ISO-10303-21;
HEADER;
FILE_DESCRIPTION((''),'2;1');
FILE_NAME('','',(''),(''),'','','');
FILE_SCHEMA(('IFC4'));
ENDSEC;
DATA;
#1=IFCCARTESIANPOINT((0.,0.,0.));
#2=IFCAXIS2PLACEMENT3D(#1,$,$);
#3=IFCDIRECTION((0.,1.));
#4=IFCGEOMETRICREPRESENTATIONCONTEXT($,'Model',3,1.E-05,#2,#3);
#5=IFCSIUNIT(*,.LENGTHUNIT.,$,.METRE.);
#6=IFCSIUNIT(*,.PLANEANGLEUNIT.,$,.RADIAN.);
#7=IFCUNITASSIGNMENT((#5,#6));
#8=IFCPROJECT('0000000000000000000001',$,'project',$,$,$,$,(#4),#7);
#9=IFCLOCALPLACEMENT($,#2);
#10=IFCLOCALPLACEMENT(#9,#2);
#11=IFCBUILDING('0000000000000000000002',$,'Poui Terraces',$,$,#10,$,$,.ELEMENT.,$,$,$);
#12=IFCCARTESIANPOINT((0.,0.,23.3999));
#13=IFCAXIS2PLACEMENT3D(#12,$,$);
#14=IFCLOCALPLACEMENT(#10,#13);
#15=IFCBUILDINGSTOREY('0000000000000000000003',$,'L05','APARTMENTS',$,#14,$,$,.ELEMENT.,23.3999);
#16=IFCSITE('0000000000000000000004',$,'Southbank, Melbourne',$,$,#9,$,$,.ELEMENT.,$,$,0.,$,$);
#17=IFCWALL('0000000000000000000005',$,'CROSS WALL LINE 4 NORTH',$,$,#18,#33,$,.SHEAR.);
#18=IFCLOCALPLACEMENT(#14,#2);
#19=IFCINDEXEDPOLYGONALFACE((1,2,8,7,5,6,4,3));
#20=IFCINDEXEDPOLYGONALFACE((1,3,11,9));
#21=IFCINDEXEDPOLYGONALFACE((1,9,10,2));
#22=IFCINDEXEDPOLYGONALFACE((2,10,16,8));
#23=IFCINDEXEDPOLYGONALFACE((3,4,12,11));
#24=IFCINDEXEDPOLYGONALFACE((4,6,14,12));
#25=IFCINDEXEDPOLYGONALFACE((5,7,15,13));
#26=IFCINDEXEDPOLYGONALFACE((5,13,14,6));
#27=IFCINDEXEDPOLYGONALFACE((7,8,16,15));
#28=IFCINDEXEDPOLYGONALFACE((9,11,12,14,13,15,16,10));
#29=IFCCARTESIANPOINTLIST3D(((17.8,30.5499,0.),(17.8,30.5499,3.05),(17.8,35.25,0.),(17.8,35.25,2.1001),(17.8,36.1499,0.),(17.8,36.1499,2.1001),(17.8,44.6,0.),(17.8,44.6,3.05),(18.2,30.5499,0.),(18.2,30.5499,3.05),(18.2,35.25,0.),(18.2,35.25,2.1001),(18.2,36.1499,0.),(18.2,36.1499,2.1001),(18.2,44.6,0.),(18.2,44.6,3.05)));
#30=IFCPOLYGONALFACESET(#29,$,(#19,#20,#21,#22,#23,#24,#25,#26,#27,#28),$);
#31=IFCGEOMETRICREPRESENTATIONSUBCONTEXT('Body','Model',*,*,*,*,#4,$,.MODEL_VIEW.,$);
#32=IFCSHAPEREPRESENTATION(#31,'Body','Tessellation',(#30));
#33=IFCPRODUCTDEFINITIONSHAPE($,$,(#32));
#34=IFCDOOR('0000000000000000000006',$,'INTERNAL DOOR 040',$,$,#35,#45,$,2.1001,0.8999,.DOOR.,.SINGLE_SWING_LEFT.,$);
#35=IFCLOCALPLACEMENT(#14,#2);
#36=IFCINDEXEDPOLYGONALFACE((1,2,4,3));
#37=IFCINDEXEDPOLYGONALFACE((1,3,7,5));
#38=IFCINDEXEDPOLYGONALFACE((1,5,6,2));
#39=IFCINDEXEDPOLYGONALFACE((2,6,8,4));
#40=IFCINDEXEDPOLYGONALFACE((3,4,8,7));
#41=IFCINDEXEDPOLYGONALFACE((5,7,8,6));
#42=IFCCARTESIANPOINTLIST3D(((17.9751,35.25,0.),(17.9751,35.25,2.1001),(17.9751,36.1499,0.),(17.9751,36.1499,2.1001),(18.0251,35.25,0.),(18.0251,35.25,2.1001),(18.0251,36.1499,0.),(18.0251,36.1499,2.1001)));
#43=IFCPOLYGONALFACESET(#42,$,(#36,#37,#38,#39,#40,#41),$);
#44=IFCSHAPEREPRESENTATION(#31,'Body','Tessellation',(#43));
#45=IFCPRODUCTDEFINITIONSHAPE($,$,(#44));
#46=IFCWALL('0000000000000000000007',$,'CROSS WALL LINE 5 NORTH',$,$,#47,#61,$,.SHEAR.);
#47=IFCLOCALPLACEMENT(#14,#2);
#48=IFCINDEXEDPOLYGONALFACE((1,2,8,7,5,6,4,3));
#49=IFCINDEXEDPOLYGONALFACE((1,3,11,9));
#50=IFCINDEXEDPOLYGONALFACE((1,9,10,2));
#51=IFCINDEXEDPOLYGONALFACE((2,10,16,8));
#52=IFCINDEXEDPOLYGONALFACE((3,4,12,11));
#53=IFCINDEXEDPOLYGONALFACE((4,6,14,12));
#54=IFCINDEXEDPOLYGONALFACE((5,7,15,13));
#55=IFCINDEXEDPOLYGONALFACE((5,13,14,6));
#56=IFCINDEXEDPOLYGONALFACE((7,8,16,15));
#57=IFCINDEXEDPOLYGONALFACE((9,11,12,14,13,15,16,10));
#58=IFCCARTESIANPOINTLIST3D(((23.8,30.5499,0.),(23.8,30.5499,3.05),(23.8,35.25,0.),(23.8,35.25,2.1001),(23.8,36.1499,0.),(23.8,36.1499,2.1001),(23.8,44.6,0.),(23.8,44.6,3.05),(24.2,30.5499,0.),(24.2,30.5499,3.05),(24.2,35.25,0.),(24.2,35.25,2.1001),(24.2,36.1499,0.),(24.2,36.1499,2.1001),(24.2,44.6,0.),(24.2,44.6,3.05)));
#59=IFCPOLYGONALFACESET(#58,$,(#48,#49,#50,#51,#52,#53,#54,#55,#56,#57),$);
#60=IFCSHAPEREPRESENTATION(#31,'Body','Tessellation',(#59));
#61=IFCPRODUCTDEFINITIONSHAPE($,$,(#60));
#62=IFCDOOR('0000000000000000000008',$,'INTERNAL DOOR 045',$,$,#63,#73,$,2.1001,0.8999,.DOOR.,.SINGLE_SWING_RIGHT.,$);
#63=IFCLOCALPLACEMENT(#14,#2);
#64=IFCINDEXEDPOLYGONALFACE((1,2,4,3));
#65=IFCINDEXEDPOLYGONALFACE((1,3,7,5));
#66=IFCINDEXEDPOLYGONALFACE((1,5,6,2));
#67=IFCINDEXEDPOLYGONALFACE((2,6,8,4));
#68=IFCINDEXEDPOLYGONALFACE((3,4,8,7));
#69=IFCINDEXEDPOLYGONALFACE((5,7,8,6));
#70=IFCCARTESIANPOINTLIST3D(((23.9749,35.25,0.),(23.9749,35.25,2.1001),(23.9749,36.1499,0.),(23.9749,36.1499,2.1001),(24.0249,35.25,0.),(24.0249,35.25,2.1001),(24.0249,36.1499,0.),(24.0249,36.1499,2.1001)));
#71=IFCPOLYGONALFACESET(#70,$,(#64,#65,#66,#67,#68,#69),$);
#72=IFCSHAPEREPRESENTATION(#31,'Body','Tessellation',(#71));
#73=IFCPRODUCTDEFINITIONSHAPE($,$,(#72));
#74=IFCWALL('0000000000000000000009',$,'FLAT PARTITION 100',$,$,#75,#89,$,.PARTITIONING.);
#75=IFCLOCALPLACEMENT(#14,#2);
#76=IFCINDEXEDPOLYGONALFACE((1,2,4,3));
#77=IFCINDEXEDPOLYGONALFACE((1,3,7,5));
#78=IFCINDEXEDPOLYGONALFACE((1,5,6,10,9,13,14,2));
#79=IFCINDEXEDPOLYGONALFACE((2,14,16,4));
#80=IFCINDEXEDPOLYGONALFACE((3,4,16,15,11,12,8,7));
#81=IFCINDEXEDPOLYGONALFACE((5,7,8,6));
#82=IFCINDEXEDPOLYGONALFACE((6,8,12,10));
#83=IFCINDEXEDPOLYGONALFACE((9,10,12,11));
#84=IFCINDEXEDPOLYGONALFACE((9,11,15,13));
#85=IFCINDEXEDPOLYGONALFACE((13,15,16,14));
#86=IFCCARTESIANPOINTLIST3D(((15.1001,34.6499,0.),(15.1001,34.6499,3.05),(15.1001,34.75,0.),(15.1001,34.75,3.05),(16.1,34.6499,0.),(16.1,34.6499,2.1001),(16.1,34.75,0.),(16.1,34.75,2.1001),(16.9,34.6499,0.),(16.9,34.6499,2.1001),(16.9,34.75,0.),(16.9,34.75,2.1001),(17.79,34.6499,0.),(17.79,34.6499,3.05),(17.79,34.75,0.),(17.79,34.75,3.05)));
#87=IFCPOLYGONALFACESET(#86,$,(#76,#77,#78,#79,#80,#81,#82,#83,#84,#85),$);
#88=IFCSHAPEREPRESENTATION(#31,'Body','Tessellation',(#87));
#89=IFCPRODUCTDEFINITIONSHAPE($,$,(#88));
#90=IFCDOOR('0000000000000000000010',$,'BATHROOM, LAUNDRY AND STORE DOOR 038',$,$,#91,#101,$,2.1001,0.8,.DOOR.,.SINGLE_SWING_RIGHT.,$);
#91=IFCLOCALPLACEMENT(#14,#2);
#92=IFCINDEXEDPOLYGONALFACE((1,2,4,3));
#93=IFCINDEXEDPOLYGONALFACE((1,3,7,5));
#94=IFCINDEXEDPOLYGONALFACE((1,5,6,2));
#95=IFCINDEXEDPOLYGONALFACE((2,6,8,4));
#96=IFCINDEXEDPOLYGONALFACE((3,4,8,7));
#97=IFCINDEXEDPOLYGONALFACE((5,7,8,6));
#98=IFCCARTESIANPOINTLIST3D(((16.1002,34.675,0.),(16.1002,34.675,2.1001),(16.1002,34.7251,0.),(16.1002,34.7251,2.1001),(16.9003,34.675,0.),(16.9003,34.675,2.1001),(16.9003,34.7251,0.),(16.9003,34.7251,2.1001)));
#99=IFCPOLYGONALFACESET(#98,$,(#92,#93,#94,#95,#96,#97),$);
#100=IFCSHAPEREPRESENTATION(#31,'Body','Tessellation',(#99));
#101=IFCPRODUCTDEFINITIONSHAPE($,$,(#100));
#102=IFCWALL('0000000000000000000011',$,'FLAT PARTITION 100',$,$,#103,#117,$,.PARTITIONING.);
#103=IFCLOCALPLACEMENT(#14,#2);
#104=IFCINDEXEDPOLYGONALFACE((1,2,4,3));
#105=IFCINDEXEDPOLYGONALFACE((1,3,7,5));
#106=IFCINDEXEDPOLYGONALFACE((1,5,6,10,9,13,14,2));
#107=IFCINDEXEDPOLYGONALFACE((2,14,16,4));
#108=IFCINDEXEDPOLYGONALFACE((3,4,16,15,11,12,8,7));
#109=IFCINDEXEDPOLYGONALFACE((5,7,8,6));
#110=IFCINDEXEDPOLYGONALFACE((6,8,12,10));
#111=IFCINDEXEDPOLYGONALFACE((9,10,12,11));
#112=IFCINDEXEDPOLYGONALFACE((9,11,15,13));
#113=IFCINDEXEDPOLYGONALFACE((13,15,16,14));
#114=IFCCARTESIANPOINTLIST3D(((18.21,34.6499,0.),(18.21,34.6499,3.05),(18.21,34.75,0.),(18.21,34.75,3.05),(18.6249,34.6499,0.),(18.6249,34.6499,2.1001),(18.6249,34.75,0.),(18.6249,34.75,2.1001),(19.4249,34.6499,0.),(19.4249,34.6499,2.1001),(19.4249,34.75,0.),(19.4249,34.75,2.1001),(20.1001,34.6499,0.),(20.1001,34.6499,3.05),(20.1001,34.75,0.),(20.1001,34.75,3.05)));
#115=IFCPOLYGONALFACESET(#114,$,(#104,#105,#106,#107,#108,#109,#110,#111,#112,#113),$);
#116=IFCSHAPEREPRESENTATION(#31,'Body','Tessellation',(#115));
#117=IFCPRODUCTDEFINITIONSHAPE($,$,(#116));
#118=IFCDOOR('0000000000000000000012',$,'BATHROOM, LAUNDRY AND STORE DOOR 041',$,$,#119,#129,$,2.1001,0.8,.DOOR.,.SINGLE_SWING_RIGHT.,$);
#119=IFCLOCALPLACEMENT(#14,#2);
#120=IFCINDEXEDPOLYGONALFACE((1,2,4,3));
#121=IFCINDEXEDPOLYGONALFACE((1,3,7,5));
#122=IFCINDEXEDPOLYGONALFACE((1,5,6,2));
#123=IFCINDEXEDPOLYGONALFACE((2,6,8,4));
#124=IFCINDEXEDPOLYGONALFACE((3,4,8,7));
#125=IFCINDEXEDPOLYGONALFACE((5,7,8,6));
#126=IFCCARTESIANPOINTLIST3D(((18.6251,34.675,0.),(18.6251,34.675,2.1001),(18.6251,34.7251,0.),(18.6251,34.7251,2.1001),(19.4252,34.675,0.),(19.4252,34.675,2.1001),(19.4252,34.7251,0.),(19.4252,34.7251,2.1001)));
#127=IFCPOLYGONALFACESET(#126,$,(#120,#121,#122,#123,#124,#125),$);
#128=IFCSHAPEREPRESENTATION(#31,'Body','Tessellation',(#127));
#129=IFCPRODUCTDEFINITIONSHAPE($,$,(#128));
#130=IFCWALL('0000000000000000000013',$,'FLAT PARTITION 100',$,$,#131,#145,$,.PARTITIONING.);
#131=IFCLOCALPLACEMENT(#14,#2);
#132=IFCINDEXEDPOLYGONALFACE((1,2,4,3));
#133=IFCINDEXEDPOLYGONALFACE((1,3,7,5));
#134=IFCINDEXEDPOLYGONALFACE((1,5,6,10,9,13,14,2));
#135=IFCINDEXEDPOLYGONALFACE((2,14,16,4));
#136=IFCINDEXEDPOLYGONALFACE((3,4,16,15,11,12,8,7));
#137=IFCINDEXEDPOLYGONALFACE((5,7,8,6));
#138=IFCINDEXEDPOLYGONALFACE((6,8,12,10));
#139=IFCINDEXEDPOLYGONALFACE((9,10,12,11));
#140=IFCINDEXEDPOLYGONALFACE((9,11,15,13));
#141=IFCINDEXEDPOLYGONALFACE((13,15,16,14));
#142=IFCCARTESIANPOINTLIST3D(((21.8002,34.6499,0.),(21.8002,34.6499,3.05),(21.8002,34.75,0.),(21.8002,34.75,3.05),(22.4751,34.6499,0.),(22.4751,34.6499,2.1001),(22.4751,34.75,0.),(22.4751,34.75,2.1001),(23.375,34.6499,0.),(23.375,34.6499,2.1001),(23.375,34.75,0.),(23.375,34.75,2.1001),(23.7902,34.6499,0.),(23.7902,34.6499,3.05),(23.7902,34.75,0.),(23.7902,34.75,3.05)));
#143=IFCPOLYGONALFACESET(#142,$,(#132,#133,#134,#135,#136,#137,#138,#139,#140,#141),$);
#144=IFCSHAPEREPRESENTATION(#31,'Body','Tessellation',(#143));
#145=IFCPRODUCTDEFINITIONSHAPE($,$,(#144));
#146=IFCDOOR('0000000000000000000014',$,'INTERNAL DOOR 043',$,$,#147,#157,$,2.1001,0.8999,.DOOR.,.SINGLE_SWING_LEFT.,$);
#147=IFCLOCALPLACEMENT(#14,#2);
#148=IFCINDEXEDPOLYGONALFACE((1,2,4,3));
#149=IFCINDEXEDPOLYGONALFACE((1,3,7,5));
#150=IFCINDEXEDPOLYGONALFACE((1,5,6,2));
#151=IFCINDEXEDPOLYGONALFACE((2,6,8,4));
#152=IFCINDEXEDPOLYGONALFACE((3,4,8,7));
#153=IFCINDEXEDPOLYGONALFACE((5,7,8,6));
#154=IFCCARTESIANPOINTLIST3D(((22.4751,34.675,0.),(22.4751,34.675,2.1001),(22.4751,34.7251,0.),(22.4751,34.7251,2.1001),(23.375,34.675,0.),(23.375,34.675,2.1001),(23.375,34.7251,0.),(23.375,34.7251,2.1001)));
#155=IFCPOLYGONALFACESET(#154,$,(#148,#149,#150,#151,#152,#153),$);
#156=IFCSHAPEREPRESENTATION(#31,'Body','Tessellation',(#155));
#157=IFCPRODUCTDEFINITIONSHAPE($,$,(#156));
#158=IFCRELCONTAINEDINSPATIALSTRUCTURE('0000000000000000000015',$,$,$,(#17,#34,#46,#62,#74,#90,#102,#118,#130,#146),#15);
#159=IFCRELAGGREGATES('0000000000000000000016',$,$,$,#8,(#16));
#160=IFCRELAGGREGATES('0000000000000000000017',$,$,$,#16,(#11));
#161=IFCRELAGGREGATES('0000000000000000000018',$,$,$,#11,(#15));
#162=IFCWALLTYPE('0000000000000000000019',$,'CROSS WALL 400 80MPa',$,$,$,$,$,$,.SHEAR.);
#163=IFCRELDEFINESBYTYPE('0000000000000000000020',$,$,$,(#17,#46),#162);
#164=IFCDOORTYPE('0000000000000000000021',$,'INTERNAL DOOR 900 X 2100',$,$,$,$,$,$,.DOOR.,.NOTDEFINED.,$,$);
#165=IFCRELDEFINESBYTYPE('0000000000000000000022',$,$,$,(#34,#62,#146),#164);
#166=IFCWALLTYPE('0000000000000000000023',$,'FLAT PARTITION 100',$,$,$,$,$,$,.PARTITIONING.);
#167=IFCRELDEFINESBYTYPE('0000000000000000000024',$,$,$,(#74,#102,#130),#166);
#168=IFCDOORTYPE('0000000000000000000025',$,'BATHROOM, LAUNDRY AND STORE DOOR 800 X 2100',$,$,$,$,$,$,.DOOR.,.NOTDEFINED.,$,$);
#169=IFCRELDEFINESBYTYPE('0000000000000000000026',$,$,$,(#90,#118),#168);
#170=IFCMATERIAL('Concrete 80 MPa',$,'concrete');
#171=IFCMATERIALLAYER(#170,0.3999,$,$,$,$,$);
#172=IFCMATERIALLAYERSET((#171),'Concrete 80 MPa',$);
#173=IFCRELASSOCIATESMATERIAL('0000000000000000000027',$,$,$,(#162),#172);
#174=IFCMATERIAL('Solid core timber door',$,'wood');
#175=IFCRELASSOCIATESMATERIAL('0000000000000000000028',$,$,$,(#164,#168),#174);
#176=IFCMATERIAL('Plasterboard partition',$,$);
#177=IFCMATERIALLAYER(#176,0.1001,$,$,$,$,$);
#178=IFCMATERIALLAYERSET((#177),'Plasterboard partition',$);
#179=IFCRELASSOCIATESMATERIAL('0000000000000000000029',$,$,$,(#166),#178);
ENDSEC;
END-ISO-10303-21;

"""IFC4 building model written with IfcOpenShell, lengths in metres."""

from ifc_helpers import new_model, si_unit, direction, frame, frame_2d, origin, place, context, subcontext, project, spatial, rectangle, extrude, material, layer, layer_set, type_object, element, fill, save


model = new_model("IFC4")

# Units and contexts
model_context = context("Model", 3, precision=1e-05, world=origin(), true_north=direction((0.0, 1.0)))
body_context = subcontext(model_context, "Body", "Model", "MODEL_VIEW")
ifc_project = project(units=[si_unit("LENGTHUNIT", "METRE"), si_unit("PLANEANGLEUNIT", "RADIAN")], contexts=[model_context])

# Site, building, storey
site_placement = place(None, origin())
site = spatial("IfcSite", under=ifc_project, at=site_placement, Name="Southbank, Melbourne", CompositionType="ELEMENT", RefElevation=0.0)
building_placement = place(site_placement, origin())
building = spatial("IfcBuilding", under=site, at=building_placement, Name="Poui Terraces", CompositionType="ELEMENT")
storey_placement = place(building_placement, frame((0.0, 0.0, 23.3999)))
storey = spatial("IfcBuildingStorey", under=building, at=storey_placement, Name="L05", Description="APARTMENTS", CompositionType="ELEMENT", Elevation=23.3999)

# Walls, openings, doors
ifc_material_1 = material(Name="Concrete 80 MPa", Category="concrete")
ifc_layer_1 = layer(ifc_material_1, 0.3999)
ifc_layer_set_1 = layer_set([ifc_layer_1], Name="Concrete 80 MPa")
wall_type_1 = type_object("IfcWallType", Name="CROSS WALL 400 80MPa", PredefinedType="SHEAR", material=ifc_layer_set_1)
wall_1_placement = place(storey_placement, frame((18.0, 30.55, 0.0), z_axis=(0.0, 0.0, 1.0), x_axis=(0.0, 1.0, 0.0)))
wall_1 = element("IfcWall", 1, at=wall_1_placement, inside=storey, type_object=wall_type_1, Name="CROSS WALL LINE 4 NORTH", PredefinedType="SHEAR", context=body_context, shape_type="SweptSolid", body=[
    extrude(rectangle(XDim=14.05, YDim=0.3999, at=frame_2d((7.0249, 0.0))), origin(), (0.0, 0.0, 1.0), 3.05),
])
opening_1_placement = place(wall_1_placement, frame((4.7, 0.0, 0.0)))
opening_1 = element("IfcOpeningElement", 2, at=opening_1_placement, cuts=wall_1, PredefinedType="OPENING", context=body_context, shape_type="SweptSolid", body=[
    extrude(rectangle(XDim=0.8999, YDim=2.1001, at=frame_2d((0.45, 1.05))), frame((0.0, 0.21, 0.0), z_axis=(0.0, -1.0, 0.0), x_axis=(1.0, 0.0, 0.0)), (0.0, 0.0, 1.0), 0.4199),
])
ifc_material_2 = material(Name="Solid core timber door", Category="wood")
door_type_1 = type_object("IfcDoorType", Name="INTERNAL DOOR 900 X 2100", OperationType="NOTDEFINED", PredefinedType="DOOR", material=ifc_material_2)
door_1_placement = place(opening_1_placement, origin())
door_1 = element("IfcDoor", 3, at=door_1_placement, inside=storey, type_object=door_type_1, Name="INTERNAL DOOR 040", OperationType="SINGLE_SWING_LEFT", OverallHeight=2.1001, OverallWidth=0.8999, PredefinedType="DOOR", context=body_context, shape_type="SweptSolid", body=[
    extrude(rectangle(XDim=0.8999, YDim=2.1001, at=frame_2d((0.45, 1.05))), frame((0.0, 0.0249, 0.0), z_axis=(0.0, -1.0, 0.0), x_axis=(1.0, 0.0, 0.0)), (0.0, 0.0, 1.0), 0.05),
])
fill(opening_1, door_1)
wall_2_placement = place(storey_placement, frame((24.0, 30.55, 0.0), z_axis=(0.0, 0.0, 1.0), x_axis=(0.0, 1.0, 0.0)))
wall_2 = element("IfcWall", 4, at=wall_2_placement, inside=storey, type_object=wall_type_1, Name="CROSS WALL LINE 5 NORTH", PredefinedType="SHEAR", context=body_context, shape_type="SweptSolid", body=[
    extrude(rectangle(XDim=14.05, YDim=0.3999, at=frame_2d((7.0249, 0.0))), origin(), (0.0, 0.0, 1.0), 3.05),
])
opening_2_placement = place(wall_2_placement, frame((4.7, 0.0, 0.0)))
opening_2 = element("IfcOpeningElement", 5, at=opening_2_placement, cuts=wall_2, PredefinedType="OPENING", context=body_context, shape_type="SweptSolid", body=[
    extrude(rectangle(XDim=0.8999, YDim=2.1001, at=frame_2d((0.45, 1.05))), frame((0.0, 0.21, 0.0), z_axis=(0.0, -1.0, 0.0), x_axis=(1.0, 0.0, 0.0)), (0.0, 0.0, 1.0), 0.4199),
])
door_2_placement = place(opening_2_placement, frame((0.8999, 0.0, 0.0), z_axis=(0.0, 0.0, 1.0), x_axis=(-1.0, 0.0, 0.0)))
door_2 = element("IfcDoor", 6, at=door_2_placement, inside=storey, type_object=door_type_1, Name="INTERNAL DOOR 045", OperationType="SINGLE_SWING_RIGHT", OverallHeight=2.1001, OverallWidth=0.8999, PredefinedType="DOOR", context=body_context, shape_type="SweptSolid", body=[
    extrude(rectangle(XDim=0.8999, YDim=2.1001, at=frame_2d((0.45, 1.05))), frame((0.0, 0.0249, 0.0), z_axis=(0.0, -1.0, 0.0), x_axis=(1.0, 0.0, 0.0)), (0.0, 0.0, 1.0), 0.05),
])
fill(opening_2, door_2)
ifc_material_3 = material(Name="Plasterboard partition")
ifc_layer_2 = layer(ifc_material_3, 0.1001)
ifc_layer_set_2 = layer_set([ifc_layer_2], Name="Plasterboard partition")
wall_type_2 = type_object("IfcWallType", Name="FLAT PARTITION 100", PredefinedType="PARTITIONING", material=ifc_layer_set_2)
wall_3_placement = place(storey_placement, frame((15.1001, 34.7, 0.0), z_axis=(0.0, 0.0, 1.0), x_axis=(1.0, 0.0, 0.0)))
wall_3 = element("IfcWall", 7, at=wall_3_placement, inside=storey, type_object=wall_type_2, Name="FLAT PARTITION 100", PredefinedType="PARTITIONING", context=body_context, shape_type="SweptSolid", body=[
    extrude(rectangle(XDim=2.6899, YDim=0.1001, at=frame_2d((1.345, 0.0))), origin(), (0.0, 0.0, 1.0), 3.05),
])
opening_3_placement = place(wall_3_placement, frame((1.0, 0.0, 0.0)))
opening_3 = element("IfcOpeningElement", 8, at=opening_3_placement, cuts=wall_3, PredefinedType="OPENING", context=body_context, shape_type="SweptSolid", body=[
    extrude(rectangle(XDim=0.8, YDim=2.1001, at=frame_2d((0.3999, 1.05))), frame((0.0, 0.0601, 0.0), z_axis=(0.0, -1.0, 0.0), x_axis=(1.0, 0.0, 0.0)), (0.0, 0.0, 1.0), 0.1201),
])
door_type_2 = type_object("IfcDoorType", Name="BATHROOM, LAUNDRY AND STORE DOOR 800 X 2100", OperationType="NOTDEFINED", PredefinedType="DOOR", material=ifc_material_2)
door_3_placement = place(opening_3_placement, frame((0.8, 0.0, 0.0), z_axis=(0.0, 0.0, 1.0), x_axis=(-1.0, 0.0, 0.0)))
door_3 = element("IfcDoor", 9, at=door_3_placement, inside=storey, type_object=door_type_2, Name="BATHROOM, LAUNDRY AND STORE DOOR 038", OperationType="SINGLE_SWING_RIGHT", OverallHeight=2.1001, OverallWidth=0.8, PredefinedType="DOOR", context=body_context, shape_type="SweptSolid", body=[
    extrude(rectangle(XDim=0.8, YDim=2.1001, at=frame_2d((0.3999, 1.05))), frame((0.0, 0.0249, 0.0), z_axis=(0.0, -1.0, 0.0), x_axis=(1.0, 0.0, 0.0)), (0.0, 0.0, 1.0), 0.05),
])
fill(opening_3, door_3)
wall_4_placement = place(storey_placement, frame((18.21, 34.7, 0.0), z_axis=(0.0, 0.0, 1.0), x_axis=(1.0, 0.0, 0.0)))
wall_4 = element("IfcWall", 10, at=wall_4_placement, inside=storey, type_object=wall_type_2, Name="FLAT PARTITION 100", PredefinedType="PARTITIONING", context=body_context, shape_type="SweptSolid", body=[
    extrude(rectangle(XDim=1.8901, YDim=0.1001, at=frame_2d((0.9451, 0.0))), origin(), (0.0, 0.0, 1.0), 3.05),
])
opening_4_placement = place(wall_4_placement, frame((0.415, 0.0, 0.0)))
opening_4 = element("IfcOpeningElement", 11, at=opening_4_placement, cuts=wall_4, PredefinedType="OPENING", context=body_context, shape_type="SweptSolid", body=[
    extrude(rectangle(XDim=0.8, YDim=2.1001, at=frame_2d((0.3999, 1.05))), frame((0.0, 0.0601, 0.0), z_axis=(0.0, -1.0, 0.0), x_axis=(1.0, 0.0, 0.0)), (0.0, 0.0, 1.0), 0.1201),
])
door_4_placement = place(opening_4_placement, frame((0.8, 0.0, 0.0), z_axis=(0.0, 0.0, 1.0), x_axis=(-1.0, 0.0, 0.0)))
door_4 = element("IfcDoor", 12, at=door_4_placement, inside=storey, type_object=door_type_2, Name="BATHROOM, LAUNDRY AND STORE DOOR 041", OperationType="SINGLE_SWING_RIGHT", OverallHeight=2.1001, OverallWidth=0.8, PredefinedType="DOOR", context=body_context, shape_type="SweptSolid", body=[
    extrude(rectangle(XDim=0.8, YDim=2.1001, at=frame_2d((0.3999, 1.05))), frame((0.0, 0.0249, 0.0), z_axis=(0.0, -1.0, 0.0), x_axis=(1.0, 0.0, 0.0)), (0.0, 0.0, 1.0), 0.05),
])
fill(opening_4, door_4)
wall_5_placement = place(storey_placement, frame((21.8, 34.7, 0.0), z_axis=(0.0, 0.0, 1.0), x_axis=(1.0, 0.0, 0.0)))
wall_5 = element("IfcWall", 13, at=wall_5_placement, inside=storey, type_object=wall_type_2, Name="FLAT PARTITION 100", PredefinedType="PARTITIONING", context=body_context, shape_type="SweptSolid", body=[
    extrude(rectangle(XDim=1.99, YDim=0.1001, at=frame_2d((0.9951, 0.0))), origin(), (0.0, 0.0, 1.0), 3.05),
])
opening_5_placement = place(wall_5_placement, frame((0.675, 0.0, 0.0)))
opening_5 = element("IfcOpeningElement", 14, at=opening_5_placement, cuts=wall_5, PredefinedType="OPENING", context=body_context, shape_type="SweptSolid", body=[
    extrude(rectangle(XDim=0.8999, YDim=2.1001, at=frame_2d((0.45, 1.05))), frame((0.0, 0.0601, 0.0), z_axis=(0.0, -1.0, 0.0), x_axis=(1.0, 0.0, 0.0)), (0.0, 0.0, 1.0), 0.1201),
])
door_5_placement = place(opening_5_placement, frame((0.8999, 0.0, 0.0), z_axis=(0.0, 0.0, 1.0), x_axis=(-1.0, 0.0, 0.0)))
door_5 = element("IfcDoor", 15, at=door_5_placement, inside=storey, type_object=door_type_1, Name="INTERNAL DOOR 043", OperationType="SINGLE_SWING_LEFT", OverallHeight=2.1001, OverallWidth=0.8999, PredefinedType="DOOR", context=body_context, shape_type="SweptSolid", body=[
    extrude(rectangle(XDim=0.8999, YDim=2.1001, at=frame_2d((0.45, 1.05))), frame((0.0, 0.0249, 0.0), z_axis=(0.0, -1.0, 0.0), x_axis=(1.0, 0.0, 0.0)), (0.0, 0.0, 1.0), 0.05),
])
fill(opening_5, door_5)

save(model, "model.ifc")
